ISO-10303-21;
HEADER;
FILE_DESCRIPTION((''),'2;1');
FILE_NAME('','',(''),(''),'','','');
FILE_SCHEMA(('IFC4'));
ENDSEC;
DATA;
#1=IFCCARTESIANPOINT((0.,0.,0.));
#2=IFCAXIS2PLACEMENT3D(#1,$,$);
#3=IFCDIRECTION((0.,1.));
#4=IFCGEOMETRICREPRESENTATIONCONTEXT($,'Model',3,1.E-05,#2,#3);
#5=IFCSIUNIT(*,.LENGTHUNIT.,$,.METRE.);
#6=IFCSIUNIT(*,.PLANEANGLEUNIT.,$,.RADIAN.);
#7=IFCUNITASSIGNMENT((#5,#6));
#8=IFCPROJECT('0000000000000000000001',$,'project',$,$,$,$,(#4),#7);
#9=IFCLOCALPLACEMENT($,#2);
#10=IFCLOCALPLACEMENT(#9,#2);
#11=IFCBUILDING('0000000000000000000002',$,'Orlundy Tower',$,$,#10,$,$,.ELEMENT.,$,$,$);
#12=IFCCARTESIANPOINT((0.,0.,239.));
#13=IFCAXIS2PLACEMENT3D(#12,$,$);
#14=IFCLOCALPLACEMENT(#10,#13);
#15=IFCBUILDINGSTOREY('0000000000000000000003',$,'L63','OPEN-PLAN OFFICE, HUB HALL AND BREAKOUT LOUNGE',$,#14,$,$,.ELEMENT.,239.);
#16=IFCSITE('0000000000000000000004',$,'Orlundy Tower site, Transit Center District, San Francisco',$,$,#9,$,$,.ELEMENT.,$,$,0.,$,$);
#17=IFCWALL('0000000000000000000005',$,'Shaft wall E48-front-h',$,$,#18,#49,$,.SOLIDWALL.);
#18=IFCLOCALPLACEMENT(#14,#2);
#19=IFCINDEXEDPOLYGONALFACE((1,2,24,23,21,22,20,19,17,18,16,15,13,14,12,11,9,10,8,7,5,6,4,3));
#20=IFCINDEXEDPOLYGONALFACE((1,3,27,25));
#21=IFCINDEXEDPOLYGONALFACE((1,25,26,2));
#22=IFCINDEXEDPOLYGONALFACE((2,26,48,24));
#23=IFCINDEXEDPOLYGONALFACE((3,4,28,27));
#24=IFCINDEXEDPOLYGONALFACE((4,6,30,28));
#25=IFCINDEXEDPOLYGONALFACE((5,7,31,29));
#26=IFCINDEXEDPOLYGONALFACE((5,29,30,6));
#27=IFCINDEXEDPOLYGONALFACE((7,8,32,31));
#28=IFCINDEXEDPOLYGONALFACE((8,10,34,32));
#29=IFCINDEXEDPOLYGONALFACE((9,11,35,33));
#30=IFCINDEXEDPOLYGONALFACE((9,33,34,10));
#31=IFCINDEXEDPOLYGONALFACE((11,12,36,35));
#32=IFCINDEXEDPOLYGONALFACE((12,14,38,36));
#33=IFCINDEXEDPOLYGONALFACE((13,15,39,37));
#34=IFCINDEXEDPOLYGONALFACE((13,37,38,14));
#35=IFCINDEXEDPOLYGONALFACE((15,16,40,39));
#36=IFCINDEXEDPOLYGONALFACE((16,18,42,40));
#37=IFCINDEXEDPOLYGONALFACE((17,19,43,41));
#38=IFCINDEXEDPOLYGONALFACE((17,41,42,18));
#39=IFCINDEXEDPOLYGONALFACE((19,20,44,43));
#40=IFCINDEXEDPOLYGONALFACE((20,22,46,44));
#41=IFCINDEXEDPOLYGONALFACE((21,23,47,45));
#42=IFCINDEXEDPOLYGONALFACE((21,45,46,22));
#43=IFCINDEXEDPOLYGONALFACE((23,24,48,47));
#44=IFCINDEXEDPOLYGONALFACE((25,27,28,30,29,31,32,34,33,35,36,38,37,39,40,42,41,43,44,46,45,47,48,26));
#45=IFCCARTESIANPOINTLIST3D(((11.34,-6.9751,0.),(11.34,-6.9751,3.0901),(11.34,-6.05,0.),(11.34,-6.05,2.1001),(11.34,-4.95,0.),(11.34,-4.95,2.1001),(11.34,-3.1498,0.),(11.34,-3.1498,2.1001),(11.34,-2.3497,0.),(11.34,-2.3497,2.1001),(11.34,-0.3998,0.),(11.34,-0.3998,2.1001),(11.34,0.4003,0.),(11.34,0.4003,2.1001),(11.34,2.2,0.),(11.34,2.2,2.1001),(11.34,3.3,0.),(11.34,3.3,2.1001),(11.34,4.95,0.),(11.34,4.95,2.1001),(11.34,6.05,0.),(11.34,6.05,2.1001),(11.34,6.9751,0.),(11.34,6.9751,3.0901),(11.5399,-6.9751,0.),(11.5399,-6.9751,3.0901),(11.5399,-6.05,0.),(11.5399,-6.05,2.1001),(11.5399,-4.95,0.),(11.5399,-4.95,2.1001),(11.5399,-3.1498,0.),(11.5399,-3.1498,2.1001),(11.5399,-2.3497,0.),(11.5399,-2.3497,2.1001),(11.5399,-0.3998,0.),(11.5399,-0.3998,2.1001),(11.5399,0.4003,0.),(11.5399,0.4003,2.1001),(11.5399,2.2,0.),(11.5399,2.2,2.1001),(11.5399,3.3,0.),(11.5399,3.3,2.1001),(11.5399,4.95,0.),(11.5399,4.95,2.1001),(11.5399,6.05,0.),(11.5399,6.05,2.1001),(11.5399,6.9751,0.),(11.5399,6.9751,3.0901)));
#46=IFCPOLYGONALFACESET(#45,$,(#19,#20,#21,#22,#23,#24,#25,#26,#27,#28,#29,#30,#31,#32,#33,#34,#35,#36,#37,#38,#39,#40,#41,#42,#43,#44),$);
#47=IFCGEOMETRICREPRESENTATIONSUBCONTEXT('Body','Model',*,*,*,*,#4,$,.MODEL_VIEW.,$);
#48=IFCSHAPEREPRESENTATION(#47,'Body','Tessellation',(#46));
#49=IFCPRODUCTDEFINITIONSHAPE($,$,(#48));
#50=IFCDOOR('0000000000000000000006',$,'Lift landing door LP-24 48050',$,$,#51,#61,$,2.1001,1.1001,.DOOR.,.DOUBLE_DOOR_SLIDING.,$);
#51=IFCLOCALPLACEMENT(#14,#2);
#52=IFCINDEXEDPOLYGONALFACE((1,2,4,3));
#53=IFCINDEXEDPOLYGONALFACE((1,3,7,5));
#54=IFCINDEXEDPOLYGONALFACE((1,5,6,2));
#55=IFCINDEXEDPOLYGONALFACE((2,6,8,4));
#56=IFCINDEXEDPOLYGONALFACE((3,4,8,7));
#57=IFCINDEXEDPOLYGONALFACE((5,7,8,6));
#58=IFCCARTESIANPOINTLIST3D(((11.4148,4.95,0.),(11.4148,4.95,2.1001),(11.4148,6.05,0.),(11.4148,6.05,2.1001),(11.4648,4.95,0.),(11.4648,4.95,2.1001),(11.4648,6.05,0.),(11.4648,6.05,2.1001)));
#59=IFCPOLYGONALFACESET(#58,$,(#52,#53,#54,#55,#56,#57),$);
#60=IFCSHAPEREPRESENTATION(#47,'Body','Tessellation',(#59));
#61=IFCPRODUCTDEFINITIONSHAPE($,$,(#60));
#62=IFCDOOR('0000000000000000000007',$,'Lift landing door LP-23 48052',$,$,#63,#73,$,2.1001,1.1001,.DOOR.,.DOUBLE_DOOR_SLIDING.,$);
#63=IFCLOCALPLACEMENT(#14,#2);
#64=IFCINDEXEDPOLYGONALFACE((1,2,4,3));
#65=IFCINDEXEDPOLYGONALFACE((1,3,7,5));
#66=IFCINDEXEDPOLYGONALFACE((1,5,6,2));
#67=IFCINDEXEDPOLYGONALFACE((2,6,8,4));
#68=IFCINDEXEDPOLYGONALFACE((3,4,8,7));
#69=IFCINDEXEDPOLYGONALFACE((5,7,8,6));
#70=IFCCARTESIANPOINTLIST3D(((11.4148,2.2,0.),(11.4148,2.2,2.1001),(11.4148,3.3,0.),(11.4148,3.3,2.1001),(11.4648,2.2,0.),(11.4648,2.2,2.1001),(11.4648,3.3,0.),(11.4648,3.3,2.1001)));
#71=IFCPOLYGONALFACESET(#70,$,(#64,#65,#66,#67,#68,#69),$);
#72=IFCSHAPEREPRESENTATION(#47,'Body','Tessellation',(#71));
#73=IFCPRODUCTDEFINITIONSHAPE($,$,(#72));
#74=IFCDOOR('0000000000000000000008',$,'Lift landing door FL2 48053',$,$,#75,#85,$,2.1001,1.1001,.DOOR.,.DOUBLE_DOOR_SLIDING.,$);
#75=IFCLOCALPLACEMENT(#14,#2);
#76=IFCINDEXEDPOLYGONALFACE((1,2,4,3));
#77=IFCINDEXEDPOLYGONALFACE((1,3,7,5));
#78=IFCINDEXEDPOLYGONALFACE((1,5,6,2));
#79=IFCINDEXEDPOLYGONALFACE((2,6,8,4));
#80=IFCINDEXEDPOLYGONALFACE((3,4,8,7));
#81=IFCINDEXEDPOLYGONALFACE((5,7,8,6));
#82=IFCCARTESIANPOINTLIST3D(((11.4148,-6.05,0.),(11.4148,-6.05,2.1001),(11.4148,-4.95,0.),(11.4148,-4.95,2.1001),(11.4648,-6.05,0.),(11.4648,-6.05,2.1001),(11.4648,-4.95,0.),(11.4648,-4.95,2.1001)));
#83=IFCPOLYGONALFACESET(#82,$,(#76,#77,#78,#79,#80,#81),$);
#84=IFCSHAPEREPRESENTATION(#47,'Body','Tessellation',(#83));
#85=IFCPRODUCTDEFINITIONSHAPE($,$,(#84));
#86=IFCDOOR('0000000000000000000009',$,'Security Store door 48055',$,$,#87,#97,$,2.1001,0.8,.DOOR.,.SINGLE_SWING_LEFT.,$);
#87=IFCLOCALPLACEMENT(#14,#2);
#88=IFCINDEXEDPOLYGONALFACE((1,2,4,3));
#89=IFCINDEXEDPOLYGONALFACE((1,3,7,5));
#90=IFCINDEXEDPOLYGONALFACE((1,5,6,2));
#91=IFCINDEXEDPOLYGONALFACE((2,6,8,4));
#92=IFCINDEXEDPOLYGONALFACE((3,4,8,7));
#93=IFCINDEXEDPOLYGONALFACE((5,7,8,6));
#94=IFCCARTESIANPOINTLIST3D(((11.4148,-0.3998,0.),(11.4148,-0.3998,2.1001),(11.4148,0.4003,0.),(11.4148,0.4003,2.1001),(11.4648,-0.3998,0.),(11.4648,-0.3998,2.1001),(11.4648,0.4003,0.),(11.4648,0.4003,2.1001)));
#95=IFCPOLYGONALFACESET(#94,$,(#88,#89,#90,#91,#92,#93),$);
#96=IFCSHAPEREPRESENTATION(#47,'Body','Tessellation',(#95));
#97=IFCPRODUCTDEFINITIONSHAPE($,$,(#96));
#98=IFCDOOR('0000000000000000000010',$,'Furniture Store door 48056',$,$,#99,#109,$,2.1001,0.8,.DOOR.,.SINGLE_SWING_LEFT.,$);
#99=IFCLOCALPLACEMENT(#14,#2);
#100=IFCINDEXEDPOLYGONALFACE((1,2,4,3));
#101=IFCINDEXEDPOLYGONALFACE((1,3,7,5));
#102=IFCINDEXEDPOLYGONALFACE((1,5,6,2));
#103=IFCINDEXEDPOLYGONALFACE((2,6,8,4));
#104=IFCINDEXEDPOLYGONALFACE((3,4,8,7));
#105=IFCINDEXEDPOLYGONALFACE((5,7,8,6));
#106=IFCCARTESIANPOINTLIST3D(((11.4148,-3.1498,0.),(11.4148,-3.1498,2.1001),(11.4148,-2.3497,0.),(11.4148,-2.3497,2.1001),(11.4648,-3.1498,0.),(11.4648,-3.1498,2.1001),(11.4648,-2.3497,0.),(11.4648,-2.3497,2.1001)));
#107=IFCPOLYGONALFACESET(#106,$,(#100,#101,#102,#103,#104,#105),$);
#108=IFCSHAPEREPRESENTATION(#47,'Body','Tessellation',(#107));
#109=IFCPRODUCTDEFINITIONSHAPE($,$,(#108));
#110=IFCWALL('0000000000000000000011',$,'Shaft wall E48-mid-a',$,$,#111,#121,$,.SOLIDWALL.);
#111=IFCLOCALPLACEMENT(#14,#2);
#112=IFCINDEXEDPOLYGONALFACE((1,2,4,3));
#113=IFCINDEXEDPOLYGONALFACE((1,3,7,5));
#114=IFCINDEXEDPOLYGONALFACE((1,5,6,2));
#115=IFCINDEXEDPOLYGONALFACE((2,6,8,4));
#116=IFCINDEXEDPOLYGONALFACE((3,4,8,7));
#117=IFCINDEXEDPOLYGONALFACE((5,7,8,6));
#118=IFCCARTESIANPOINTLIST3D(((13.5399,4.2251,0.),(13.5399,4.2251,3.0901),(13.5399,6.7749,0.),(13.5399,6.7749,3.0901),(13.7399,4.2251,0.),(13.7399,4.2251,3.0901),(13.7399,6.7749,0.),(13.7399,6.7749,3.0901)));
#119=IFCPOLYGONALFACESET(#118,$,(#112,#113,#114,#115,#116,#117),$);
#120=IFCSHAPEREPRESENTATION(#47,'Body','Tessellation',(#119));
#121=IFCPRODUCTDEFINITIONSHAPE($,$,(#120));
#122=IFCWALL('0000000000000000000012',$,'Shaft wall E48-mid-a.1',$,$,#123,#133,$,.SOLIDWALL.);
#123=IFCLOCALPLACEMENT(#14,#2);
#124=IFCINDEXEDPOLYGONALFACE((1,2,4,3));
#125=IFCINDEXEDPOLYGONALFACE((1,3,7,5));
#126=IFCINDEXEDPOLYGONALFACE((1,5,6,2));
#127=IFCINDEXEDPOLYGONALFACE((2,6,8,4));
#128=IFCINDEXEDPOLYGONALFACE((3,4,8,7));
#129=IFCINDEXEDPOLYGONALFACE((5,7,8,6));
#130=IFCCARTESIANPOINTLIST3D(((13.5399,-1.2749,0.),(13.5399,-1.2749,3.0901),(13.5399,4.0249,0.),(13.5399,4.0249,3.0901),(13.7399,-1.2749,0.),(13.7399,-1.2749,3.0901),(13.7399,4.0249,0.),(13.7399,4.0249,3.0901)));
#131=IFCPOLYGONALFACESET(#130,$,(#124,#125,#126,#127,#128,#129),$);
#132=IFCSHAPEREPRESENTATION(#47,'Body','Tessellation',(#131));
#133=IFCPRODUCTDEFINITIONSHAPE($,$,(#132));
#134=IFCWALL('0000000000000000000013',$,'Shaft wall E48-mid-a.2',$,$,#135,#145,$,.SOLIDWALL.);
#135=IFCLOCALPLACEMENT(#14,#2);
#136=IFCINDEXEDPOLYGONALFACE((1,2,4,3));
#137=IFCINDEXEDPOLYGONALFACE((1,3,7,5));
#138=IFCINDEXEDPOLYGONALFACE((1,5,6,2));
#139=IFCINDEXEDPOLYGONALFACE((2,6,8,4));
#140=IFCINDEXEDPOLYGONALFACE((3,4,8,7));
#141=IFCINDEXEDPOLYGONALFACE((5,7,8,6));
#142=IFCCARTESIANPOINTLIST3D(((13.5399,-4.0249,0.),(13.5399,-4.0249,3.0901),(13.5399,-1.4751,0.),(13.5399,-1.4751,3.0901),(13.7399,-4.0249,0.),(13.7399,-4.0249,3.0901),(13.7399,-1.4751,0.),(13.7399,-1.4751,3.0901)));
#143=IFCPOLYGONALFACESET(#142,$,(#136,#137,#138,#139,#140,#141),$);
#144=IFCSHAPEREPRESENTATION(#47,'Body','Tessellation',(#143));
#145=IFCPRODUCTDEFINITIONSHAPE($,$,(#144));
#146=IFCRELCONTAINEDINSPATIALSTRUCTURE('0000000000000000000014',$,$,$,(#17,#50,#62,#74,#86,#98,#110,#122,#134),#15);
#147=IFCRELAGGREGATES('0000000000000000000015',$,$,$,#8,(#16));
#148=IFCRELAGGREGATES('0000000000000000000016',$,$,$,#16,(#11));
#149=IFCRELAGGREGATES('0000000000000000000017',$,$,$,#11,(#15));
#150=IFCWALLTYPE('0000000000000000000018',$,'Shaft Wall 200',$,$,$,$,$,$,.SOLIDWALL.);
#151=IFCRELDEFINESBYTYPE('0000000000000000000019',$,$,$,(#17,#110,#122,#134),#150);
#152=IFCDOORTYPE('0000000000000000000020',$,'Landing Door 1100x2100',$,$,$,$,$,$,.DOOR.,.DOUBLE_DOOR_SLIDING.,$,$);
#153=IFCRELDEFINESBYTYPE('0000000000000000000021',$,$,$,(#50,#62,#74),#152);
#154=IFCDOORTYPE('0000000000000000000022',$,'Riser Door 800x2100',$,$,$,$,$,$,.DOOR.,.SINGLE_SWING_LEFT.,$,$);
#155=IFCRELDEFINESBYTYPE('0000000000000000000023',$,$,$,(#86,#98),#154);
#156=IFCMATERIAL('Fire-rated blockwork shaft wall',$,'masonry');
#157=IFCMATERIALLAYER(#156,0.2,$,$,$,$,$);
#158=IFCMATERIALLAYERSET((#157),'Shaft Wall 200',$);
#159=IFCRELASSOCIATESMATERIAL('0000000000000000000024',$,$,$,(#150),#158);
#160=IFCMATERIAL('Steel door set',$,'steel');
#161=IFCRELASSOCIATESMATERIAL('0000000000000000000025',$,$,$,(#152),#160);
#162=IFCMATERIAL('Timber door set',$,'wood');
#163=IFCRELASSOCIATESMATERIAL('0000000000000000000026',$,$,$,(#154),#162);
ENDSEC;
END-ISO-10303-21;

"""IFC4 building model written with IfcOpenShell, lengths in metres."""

from ifc_helpers import new_model, si_unit, direction, frame, frame_2d, origin, place, context, subcontext, project, spatial, rectangle, extrude, material, layer, layer_set, type_object, element, fill, save


model = new_model("IFC4")

# Units and contexts
model_context = context("Model", 3, precision=1e-05, world=origin(), true_north=direction((0.0, 1.0)))
body_context = subcontext(model_context, "Body", "Model", "MODEL_VIEW")
ifc_project = project(units=[si_unit("LENGTHUNIT", "METRE"), si_unit("PLANEANGLEUNIT", "RADIAN")], contexts=[model_context])

# Site, building, storey
site_placement = place(None, origin())
site = spatial("IfcSite", under=ifc_project, at=site_placement, Name="Orlundy Tower site, Transit Center District, San Francisco", CompositionType="ELEMENT", RefElevation=0.0)
building_placement = place(site_placement, origin())
building = spatial("IfcBuilding", under=site, at=building_placement, Name="Orlundy Tower", CompositionType="ELEMENT")
storey_placement = place(building_placement, frame((0.0, 0.0, 239.0)))
storey = spatial("IfcBuildingStorey", under=building, at=storey_placement, Name="L63", Description="OPEN-PLAN OFFICE, HUB HALL AND BREAKOUT LOUNGE", CompositionType="ELEMENT", Elevation=239.0)

# Shared definitions
ifc_material_1 = material(Name="Fire-rated blockwork shaft wall", Category="masonry")
ifc_layer_1 = layer(ifc_material_1, 0.2)
ifc_layer_set_1 = layer_set([ifc_layer_1], Name="Shaft Wall 200")
wall_type_1 = type_object("IfcWallType", Name="Shaft Wall 200", PredefinedType="SOLIDWALL", material=ifc_layer_set_1)

# Wall, openings, doors
wall_1_placement = place(storey_placement, frame((11.4399, 6.9751, 0.0), z_axis=(0.0, 0.0, 1.0), x_axis=(0.0, -1.0, 0.0)))
wall_1 = element("IfcWall", 1, at=wall_1_placement, inside=storey, type_object=wall_type_1, Name="Shaft wall E48-front-h", PredefinedType="SOLIDWALL", context=body_context, shape_type="SweptSolid", body=[
    extrude(rectangle(XDim=13.9502, YDim=0.2, at=frame_2d((6.9751, 0.0))), origin(), (0.0, 0.0, 1.0), 3.0901),
])
opening_1_placement = place(wall_1_placement, frame((0.925, 0.0, 0.0)))
opening_1 = element("IfcOpeningElement", 2, at=opening_1_placement, cuts=wall_1, PredefinedType="OPENING", context=body_context, shape_type="SweptSolid", body=[
    extrude(rectangle(XDim=1.1001, YDim=2.1001, at=frame_2d((0.55, 1.05))), frame((0.0, 0.1101, 0.0), z_axis=(0.0, -1.0, 0.0), x_axis=(1.0, 0.0, 0.0)), (0.0, 0.0, 1.0), 0.2202),
])
opening_2_placement = place(wall_1_placement, frame((3.675, 0.0, 0.0)))
opening_2 = element("IfcOpeningElement", 3, at=opening_2_placement, cuts=wall_1, PredefinedType="OPENING", context=body_context, shape_type="SweptSolid", body=[
    extrude(rectangle(XDim=1.1001, YDim=2.1001, at=frame_2d((0.55, 1.05))), frame((0.0, 0.1101, 0.0), z_axis=(0.0, -1.0, 0.0), x_axis=(1.0, 0.0, 0.0)), (0.0, 0.0, 1.0), 0.2202),
])
opening_3_placement = place(wall_1_placement, frame((11.925, 0.0, 0.0)))
opening_3 = element("IfcOpeningElement", 4, at=opening_3_placement, cuts=wall_1, PredefinedType="OPENING", context=body_context, shape_type="SweptSolid", body=[
    extrude(rectangle(XDim=1.1001, YDim=2.1001, at=frame_2d((0.55, 1.05))), frame((0.0, 0.1101, 0.0), z_axis=(0.0, -1.0, 0.0), x_axis=(1.0, 0.0, 0.0)), (0.0, 0.0, 1.0), 0.2202),
])
opening_4_placement = place(wall_1_placement, frame((6.575, 0.0, 0.0)))
opening_4 = element("IfcOpeningElement", 5, at=opening_4_placement, cuts=wall_1, PredefinedType="OPENING", context=body_context, shape_type="SweptSolid", body=[
    extrude(rectangle(XDim=0.8, YDim=2.1001, at=frame_2d((0.3999, 1.05))), frame((0.0, 0.1101, 0.0), z_axis=(0.0, -1.0, 0.0), x_axis=(1.0, 0.0, 0.0)), (0.0, 0.0, 1.0), 0.2202),
])
opening_5_placement = place(wall_1_placement, frame((9.325, 0.0, 0.0)))
opening_5 = element("IfcOpeningElement", 6, at=opening_5_placement, cuts=wall_1, PredefinedType="OPENING", context=body_context, shape_type="SweptSolid", body=[
    extrude(rectangle(XDim=0.8, YDim=2.1001, at=frame_2d((0.3999, 1.05))), frame((0.0, 0.1101, 0.0), z_axis=(0.0, -1.0, 0.0), x_axis=(1.0, 0.0, 0.0)), (0.0, 0.0, 1.0), 0.2202),
])
ifc_material_2 = material(Name="Steel door set", Category="steel")
door_type_1 = type_object("IfcDoorType", Name="Landing Door 1100x2100", OperationType="DOUBLE_DOOR_SLIDING", PredefinedType="DOOR", material=ifc_material_2)
door_1_placement = place(opening_1_placement, origin())
door_1 = element("IfcDoor", 7, at=door_1_placement, inside=storey, type_object=door_type_1, Name="Lift landing door LP-24 48050", OperationType="DOUBLE_DOOR_SLIDING", OverallHeight=2.1001, OverallWidth=1.1001, PredefinedType="DOOR", context=body_context, shape_type="SweptSolid", body=[
    extrude(rectangle(XDim=1.1001, YDim=2.1001, at=frame_2d((0.55, 1.05))), frame((0.0, 0.0249, 0.0), z_axis=(0.0, -1.0, 0.0), x_axis=(1.0, 0.0, 0.0)), (0.0, 0.0, 1.0), 0.05),
])
fill(opening_1, door_1)
door_2_placement = place(opening_2_placement, origin())
door_2 = element("IfcDoor", 8, at=door_2_placement, inside=storey, type_object=door_type_1, Name="Lift landing door LP-23 48052", OperationType="DOUBLE_DOOR_SLIDING", OverallHeight=2.1001, OverallWidth=1.1001, PredefinedType="DOOR", context=body_context, shape_type="SweptSolid", body=[
    extrude(rectangle(XDim=1.1001, YDim=2.1001, at=frame_2d((0.55, 1.05))), frame((0.0, 0.0249, 0.0), z_axis=(0.0, -1.0, 0.0), x_axis=(1.0, 0.0, 0.0)), (0.0, 0.0, 1.0), 0.05),
])
fill(opening_2, door_2)
door_3_placement = place(opening_3_placement, origin())
door_3 = element("IfcDoor", 9, at=door_3_placement, inside=storey, type_object=door_type_1, Name="Lift landing door FL2 48053", OperationType="DOUBLE_DOOR_SLIDING", OverallHeight=2.1001, OverallWidth=1.1001, PredefinedType="DOOR", context=body_context, shape_type="SweptSolid", body=[
    extrude(rectangle(XDim=1.1001, YDim=2.1001, at=frame_2d((0.55, 1.05))), frame((0.0, 0.0249, 0.0), z_axis=(0.0, -1.0, 0.0), x_axis=(1.0, 0.0, 0.0)), (0.0, 0.0, 1.0), 0.05),
])
fill(opening_3, door_3)
ifc_material_3 = material(Name="Timber door set", Category="wood")
door_type_2 = type_object("IfcDoorType", Name="Riser Door 800x2100", OperationType="SINGLE_SWING_LEFT", PredefinedType="DOOR", material=ifc_material_3)
door_4_placement = place(opening_4_placement, origin())
door_4 = element("IfcDoor", 10, at=door_4_placement, inside=storey, type_object=door_type_2, Name="Security Store door 48055", OperationType="SINGLE_SWING_LEFT", OverallHeight=2.1001, OverallWidth=0.8, PredefinedType="DOOR", context=body_context, shape_type="SweptSolid", body=[
    extrude(rectangle(XDim=0.8, YDim=2.1001, at=frame_2d((0.3999, 1.05))), frame((0.0, 0.0249, 0.0), z_axis=(0.0, -1.0, 0.0), x_axis=(1.0, 0.0, 0.0)), (0.0, 0.0, 1.0), 0.05),
])
fill(opening_4, door_4)
door_5_placement = place(opening_5_placement, origin())
door_5 = element("IfcDoor", 11, at=door_5_placement, inside=storey, type_object=door_type_2, Name="Furniture Store door 48056", OperationType="SINGLE_SWING_LEFT", OverallHeight=2.1001, OverallWidth=0.8, PredefinedType="DOOR", context=body_context, shape_type="SweptSolid", body=[
    extrude(rectangle(XDim=0.8, YDim=2.1001, at=frame_2d((0.3999, 1.05))), frame((0.0, 0.0249, 0.0), z_axis=(0.0, -1.0, 0.0), x_axis=(1.0, 0.0, 0.0)), (0.0, 0.0, 1.0), 0.05),
])
fill(opening_5, door_5)

# Walls
wall_2_placement = place(storey_placement, frame((13.6399, 6.7749, 0.0), z_axis=(0.0, 0.0, 1.0), x_axis=(0.0, -1.0, 0.0)))
element("IfcWall", 12, at=wall_2_placement, inside=storey, type_object=wall_type_1, Name="Shaft wall E48-mid-a", PredefinedType="SOLIDWALL", context=body_context, shape_type="SweptSolid", body=[
    extrude(rectangle(XDim=2.5498, YDim=0.2, at=frame_2d((1.2749, 0.0))), origin(), (0.0, 0.0, 1.0), 3.0901),
])
wall_3_placement = place(storey_placement, frame((13.6399, 4.0249, 0.0), z_axis=(0.0, 0.0, 1.0), x_axis=(0.0, -1.0, 0.0)))
element("IfcWall", 13, at=wall_3_placement, inside=storey, type_object=wall_type_1, Name="Shaft wall E48-mid-a.1", PredefinedType="SOLIDWALL", context=body_context, shape_type="SweptSolid", body=[
    extrude(rectangle(XDim=5.2998, YDim=0.2, at=frame_2d((2.6499, 0.0))), origin(), (0.0, 0.0, 1.0), 3.0901),
])
wall_4_placement = place(storey_placement, frame((13.6399, -1.4751, 0.0), z_axis=(0.0, 0.0, 1.0), x_axis=(0.0, -1.0, 0.0)))
element("IfcWall", 14, at=wall_4_placement, inside=storey, type_object=wall_type_1, Name="Shaft wall E48-mid-a.2", PredefinedType="SOLIDWALL", context=body_context, shape_type="SweptSolid", body=[
    extrude(rectangle(XDim=2.5498, YDim=0.2, at=frame_2d((1.2749, 0.0))), origin(), (0.0, 0.0, 1.0), 3.0901),
])

save(model, "model.ifc")
